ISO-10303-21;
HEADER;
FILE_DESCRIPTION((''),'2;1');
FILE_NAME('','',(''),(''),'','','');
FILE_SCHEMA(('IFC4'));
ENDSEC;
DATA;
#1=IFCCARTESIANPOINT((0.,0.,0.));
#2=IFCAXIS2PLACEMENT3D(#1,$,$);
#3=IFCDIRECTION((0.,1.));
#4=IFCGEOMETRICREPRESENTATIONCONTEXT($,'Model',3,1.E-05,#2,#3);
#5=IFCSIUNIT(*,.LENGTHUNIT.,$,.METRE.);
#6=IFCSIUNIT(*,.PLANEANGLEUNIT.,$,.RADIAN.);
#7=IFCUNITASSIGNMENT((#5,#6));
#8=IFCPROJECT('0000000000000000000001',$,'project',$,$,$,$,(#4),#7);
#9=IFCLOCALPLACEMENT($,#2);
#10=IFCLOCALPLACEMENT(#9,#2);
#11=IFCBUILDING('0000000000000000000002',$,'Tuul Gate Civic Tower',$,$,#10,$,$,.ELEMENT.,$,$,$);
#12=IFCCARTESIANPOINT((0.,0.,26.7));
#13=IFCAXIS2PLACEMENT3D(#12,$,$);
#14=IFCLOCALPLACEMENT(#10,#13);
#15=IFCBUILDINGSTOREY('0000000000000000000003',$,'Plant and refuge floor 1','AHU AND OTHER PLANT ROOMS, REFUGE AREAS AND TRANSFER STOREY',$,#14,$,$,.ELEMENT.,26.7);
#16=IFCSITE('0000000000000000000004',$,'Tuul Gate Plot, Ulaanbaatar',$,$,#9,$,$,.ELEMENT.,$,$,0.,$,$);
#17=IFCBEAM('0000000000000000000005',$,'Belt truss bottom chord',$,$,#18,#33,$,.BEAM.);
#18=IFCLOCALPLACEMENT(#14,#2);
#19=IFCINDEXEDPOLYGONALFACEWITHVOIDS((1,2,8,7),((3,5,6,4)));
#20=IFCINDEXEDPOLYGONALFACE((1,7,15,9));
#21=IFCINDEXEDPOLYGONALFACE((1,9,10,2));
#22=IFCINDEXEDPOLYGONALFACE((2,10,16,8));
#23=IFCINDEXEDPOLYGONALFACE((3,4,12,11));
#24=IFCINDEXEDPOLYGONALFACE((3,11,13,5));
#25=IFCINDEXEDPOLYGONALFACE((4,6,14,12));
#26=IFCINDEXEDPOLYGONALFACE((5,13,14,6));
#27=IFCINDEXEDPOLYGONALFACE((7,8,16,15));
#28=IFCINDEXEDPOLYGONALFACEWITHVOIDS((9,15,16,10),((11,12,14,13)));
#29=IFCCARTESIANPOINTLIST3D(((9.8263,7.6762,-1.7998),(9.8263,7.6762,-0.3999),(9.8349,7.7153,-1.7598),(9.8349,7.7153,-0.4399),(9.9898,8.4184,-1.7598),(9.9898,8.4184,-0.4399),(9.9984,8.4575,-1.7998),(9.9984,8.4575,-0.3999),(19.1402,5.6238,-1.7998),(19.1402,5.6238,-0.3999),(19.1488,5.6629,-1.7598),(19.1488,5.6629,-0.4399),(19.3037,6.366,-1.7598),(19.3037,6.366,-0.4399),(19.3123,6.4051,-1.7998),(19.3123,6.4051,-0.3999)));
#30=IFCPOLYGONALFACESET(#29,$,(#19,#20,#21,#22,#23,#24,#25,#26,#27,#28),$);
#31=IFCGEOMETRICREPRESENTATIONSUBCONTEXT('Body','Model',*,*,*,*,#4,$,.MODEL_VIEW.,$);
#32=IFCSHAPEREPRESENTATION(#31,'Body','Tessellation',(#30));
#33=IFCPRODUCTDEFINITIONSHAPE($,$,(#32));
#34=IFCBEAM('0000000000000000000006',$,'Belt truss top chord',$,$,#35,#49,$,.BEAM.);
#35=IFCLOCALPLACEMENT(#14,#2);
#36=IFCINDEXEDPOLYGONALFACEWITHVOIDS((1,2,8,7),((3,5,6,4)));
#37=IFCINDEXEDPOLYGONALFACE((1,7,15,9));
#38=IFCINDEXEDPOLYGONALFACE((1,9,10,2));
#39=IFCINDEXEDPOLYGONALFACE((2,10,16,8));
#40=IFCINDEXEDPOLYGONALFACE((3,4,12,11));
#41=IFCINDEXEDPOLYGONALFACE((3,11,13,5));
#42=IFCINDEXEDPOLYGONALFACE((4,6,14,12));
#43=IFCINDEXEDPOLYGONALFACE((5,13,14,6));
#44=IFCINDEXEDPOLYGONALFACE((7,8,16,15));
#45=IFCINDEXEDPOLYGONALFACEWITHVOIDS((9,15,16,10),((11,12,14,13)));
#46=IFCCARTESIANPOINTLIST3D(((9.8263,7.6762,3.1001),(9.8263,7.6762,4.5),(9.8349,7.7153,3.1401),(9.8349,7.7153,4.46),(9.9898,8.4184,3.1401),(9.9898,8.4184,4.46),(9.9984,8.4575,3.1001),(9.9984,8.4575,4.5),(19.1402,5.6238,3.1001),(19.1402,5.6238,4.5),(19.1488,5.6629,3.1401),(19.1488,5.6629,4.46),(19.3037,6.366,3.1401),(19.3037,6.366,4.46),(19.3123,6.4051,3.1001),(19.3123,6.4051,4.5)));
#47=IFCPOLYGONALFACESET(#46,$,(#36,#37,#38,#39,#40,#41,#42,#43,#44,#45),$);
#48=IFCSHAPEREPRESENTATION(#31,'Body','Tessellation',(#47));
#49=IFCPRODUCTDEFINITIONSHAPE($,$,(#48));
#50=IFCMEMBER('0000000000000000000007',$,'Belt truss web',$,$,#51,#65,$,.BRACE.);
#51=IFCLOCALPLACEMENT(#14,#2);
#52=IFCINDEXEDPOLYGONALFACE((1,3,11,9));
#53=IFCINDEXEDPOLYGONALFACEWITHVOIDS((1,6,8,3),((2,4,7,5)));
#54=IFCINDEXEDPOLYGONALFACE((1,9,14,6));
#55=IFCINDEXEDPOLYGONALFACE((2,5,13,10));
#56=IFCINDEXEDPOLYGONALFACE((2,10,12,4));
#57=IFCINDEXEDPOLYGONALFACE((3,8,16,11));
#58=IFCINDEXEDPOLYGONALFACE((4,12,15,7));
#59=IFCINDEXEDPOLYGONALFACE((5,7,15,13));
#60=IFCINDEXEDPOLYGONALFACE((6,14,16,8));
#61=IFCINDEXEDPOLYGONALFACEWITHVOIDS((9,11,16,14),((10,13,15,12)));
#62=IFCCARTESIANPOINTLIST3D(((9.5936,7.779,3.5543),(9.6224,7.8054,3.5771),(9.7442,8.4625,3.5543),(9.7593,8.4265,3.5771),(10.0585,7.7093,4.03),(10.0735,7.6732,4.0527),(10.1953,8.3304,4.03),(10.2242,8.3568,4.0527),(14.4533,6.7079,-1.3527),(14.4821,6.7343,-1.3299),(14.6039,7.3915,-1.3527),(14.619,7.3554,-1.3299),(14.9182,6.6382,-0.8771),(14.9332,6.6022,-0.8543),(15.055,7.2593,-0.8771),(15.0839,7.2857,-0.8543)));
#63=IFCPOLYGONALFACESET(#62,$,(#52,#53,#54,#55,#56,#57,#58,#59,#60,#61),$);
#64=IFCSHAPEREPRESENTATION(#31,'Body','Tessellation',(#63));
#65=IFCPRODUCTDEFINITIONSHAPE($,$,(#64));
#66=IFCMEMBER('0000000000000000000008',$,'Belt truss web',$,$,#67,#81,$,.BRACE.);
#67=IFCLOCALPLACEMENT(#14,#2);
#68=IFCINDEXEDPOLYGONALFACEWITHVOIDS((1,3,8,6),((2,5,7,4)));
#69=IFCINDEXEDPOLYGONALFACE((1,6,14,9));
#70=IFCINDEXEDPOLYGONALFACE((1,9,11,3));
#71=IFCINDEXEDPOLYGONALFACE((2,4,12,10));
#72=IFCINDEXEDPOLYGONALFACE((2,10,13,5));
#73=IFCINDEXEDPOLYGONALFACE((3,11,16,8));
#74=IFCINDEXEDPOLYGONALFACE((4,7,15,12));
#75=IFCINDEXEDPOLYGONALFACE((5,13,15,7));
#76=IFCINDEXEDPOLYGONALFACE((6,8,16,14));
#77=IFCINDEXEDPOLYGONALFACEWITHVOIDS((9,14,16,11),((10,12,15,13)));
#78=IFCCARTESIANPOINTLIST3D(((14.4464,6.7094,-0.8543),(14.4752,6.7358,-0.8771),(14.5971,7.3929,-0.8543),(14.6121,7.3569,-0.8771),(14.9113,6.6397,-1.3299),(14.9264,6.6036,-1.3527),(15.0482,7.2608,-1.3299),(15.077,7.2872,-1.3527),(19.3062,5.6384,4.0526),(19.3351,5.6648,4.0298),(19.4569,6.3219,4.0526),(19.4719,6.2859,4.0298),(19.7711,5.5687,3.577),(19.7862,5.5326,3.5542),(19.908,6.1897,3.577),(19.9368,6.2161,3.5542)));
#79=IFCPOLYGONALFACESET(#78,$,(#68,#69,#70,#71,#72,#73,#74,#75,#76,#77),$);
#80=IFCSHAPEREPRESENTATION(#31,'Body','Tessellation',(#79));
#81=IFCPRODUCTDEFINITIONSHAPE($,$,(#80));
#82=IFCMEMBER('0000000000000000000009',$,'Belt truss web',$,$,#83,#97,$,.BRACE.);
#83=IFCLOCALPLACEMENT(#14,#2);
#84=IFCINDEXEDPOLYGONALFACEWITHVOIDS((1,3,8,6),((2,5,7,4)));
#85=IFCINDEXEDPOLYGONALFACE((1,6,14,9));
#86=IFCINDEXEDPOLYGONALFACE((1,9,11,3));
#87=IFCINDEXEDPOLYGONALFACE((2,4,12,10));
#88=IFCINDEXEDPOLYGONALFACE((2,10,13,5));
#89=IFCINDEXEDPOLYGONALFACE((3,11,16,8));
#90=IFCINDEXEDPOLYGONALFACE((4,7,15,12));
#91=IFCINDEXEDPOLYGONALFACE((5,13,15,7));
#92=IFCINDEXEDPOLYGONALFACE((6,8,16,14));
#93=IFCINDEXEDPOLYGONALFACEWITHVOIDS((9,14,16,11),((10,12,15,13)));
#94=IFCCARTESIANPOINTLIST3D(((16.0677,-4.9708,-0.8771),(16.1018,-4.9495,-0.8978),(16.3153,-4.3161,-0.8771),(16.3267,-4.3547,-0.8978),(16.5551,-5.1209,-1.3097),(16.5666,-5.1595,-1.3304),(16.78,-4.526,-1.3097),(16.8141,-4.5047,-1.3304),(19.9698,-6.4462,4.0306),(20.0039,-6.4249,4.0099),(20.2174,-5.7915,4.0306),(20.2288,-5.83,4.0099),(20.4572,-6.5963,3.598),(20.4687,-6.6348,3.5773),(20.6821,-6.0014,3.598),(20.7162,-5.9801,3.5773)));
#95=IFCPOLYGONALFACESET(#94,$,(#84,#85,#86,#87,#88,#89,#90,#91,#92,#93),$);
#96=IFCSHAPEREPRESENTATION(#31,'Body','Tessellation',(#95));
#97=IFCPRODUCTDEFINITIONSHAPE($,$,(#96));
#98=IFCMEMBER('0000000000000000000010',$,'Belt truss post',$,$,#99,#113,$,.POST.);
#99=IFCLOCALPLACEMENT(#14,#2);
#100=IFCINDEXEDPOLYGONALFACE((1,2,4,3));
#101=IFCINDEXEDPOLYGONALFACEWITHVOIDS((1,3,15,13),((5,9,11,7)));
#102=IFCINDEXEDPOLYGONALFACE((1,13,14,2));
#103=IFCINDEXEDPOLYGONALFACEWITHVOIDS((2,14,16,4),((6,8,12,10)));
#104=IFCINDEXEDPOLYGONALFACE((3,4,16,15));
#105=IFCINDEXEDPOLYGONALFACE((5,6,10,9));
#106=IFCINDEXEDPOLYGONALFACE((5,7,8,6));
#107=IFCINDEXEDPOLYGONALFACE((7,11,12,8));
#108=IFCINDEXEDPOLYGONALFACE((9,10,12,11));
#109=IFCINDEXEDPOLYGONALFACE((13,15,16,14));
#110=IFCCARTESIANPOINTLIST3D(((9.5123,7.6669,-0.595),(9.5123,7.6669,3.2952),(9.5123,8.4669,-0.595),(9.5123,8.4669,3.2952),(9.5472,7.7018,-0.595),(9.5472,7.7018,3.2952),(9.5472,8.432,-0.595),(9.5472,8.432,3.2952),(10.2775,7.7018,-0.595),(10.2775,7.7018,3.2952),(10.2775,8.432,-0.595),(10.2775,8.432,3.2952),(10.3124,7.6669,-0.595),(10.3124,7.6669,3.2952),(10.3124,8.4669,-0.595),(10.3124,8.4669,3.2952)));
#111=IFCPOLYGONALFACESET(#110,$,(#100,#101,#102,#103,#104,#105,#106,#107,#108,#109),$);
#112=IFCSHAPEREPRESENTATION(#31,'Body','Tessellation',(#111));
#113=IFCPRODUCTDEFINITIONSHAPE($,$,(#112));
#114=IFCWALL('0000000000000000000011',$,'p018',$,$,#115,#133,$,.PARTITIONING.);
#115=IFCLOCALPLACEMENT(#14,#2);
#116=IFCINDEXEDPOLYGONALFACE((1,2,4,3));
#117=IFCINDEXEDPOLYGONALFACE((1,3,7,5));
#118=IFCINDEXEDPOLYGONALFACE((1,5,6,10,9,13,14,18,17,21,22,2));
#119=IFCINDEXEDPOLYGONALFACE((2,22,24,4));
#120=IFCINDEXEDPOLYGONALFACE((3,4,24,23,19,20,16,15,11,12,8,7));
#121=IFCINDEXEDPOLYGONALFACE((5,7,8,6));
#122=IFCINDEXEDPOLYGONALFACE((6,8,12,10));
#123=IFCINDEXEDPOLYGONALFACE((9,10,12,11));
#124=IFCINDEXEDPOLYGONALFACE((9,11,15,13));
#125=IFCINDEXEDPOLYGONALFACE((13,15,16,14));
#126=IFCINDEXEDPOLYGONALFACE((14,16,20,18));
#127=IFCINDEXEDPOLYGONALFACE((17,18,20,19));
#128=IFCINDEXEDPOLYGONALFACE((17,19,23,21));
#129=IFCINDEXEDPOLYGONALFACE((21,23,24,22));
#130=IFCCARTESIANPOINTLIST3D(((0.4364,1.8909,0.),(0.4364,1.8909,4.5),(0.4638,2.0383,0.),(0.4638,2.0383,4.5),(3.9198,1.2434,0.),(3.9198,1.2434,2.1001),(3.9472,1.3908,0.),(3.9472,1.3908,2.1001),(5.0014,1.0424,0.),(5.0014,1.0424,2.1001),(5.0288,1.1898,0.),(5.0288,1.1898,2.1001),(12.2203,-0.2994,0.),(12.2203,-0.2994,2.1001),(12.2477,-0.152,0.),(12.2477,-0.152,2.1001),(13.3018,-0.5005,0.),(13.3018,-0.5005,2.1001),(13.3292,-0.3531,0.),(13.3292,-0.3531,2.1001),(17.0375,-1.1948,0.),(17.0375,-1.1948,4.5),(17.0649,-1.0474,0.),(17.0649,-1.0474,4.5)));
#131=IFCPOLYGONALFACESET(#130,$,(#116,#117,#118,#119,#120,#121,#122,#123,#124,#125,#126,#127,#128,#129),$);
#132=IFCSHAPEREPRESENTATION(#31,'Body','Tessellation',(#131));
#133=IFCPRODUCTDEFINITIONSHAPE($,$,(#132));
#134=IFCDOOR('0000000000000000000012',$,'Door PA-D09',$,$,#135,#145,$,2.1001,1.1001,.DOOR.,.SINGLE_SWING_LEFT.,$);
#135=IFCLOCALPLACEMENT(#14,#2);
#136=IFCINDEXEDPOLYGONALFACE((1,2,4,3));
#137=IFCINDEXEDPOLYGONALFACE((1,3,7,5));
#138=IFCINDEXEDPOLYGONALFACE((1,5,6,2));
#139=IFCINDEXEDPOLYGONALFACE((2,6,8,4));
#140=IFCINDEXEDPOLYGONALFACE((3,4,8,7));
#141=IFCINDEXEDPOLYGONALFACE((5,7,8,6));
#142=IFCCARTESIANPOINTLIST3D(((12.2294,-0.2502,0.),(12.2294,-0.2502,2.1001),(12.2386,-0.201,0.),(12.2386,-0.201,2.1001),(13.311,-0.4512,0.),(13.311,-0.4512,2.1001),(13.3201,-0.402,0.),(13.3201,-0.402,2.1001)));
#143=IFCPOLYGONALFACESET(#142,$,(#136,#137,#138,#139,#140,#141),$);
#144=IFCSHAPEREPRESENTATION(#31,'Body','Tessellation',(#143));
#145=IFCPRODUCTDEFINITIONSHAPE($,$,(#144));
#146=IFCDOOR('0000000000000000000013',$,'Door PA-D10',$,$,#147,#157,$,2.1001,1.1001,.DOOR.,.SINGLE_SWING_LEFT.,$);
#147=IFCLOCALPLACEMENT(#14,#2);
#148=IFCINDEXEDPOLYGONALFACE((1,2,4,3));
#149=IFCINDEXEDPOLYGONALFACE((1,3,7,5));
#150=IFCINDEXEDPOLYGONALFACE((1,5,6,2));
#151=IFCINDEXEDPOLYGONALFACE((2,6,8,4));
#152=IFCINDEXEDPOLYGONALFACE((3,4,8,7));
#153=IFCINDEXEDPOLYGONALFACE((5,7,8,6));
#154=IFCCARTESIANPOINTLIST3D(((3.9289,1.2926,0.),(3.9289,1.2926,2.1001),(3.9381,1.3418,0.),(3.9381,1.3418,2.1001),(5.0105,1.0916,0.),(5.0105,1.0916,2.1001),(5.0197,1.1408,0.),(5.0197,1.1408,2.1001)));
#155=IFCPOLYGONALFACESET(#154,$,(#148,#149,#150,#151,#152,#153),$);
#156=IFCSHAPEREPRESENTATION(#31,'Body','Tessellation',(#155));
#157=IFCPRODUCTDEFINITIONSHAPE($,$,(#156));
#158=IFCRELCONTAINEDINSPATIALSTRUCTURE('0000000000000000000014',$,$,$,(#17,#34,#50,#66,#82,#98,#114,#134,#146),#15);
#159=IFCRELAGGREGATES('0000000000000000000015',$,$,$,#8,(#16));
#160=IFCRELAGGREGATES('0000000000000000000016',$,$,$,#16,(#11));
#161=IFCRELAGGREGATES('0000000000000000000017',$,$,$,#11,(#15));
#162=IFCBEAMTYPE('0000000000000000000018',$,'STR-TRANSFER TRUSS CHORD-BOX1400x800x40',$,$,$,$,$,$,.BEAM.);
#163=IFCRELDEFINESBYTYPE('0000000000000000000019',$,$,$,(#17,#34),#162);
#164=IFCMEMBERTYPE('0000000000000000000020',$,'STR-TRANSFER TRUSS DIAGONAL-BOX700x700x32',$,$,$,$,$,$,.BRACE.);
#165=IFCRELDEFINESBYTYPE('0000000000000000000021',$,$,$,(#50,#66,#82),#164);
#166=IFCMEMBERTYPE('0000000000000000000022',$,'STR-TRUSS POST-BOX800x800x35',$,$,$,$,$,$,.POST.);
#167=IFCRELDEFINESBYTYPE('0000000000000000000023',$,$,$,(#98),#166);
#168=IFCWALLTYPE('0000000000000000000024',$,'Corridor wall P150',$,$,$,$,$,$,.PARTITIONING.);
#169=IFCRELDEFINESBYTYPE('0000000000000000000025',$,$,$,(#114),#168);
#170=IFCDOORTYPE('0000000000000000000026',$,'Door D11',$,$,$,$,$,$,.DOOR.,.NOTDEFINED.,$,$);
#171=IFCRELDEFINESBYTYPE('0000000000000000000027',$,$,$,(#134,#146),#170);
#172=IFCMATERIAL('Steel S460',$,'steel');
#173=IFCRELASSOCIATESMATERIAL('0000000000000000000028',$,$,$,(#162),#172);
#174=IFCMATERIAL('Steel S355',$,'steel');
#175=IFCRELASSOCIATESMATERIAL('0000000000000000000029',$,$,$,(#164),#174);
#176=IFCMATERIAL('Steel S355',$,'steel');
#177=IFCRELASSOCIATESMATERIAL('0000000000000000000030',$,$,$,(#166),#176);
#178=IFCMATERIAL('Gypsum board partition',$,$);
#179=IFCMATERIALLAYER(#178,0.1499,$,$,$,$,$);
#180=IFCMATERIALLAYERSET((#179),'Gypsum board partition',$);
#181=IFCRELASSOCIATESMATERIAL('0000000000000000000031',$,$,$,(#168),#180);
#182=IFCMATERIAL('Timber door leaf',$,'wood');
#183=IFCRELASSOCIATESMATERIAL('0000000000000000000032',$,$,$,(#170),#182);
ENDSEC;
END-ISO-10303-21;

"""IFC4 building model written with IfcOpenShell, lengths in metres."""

from ifc_helpers import new_model, si_unit, direction, frame, frame_2d, origin, origin_2d, place, context, subcontext, project, spatial, rectangle, hollow_rectangle, extrude, material, layer, layer_set, material_profile, profile_set, type_object, element, fill, save


model = new_model("IFC4")

# Units and contexts
model_context = context("Model", 3, precision=1e-05, world=origin(), true_north=direction((0.0, 1.0)))
body_context = subcontext(model_context, "Body", "Model", "MODEL_VIEW")
ifc_project = project(units=[si_unit("LENGTHUNIT", "METRE"), si_unit("PLANEANGLEUNIT", "RADIAN")], contexts=[model_context])

# Site, building, storey
site_placement = place(None, origin())
site = spatial("IfcSite", under=ifc_project, at=site_placement, Name="Tuul Gate Plot, Ulaanbaatar", CompositionType="ELEMENT", RefElevation=0.0)
building_placement = place(site_placement, origin())
building = spatial("IfcBuilding", under=site, at=building_placement, Name="Tuul Gate Civic Tower", CompositionType="ELEMENT")
storey_placement = place(building_placement, frame((0.0, 0.0, 26.7)))
storey = spatial("IfcBuildingStorey", under=building, at=storey_placement, Name="Plant and refuge floor 1", Description="AHU AND OTHER PLANT ROOMS, REFUGE AREAS AND TRANSFER STOREY", CompositionType="ELEMENT", Elevation=26.7)

# Beams
ifc_material_1 = material(Name="Steel S460", Category="steel")
ifc_material_profile_1 = material_profile(ifc_material_1, hollow_rectangle(XDim=0.8, YDim=1.3999, WallThickness=0.04, at=origin_2d()), Name="BOX1400x800x40")
ifc_profile_set_1 = profile_set([ifc_material_profile_1], Name="Steel S460")
beam_type = type_object("IfcBeamType", Name="STR-TRANSFER TRUSS CHORD-BOX1400x800x40", PredefinedType="BEAM", material=ifc_profile_set_1)
for number, where, z_axis, x_axis, name in (
    (1, (9.9124, 8.0669, -1.0999), (0.976569, -0.215204, 0.0), (0.215204, 0.976569, 0.0), "Belt truss bottom chord"),
    (2, (9.9124, 8.0669, 3.8), (0.976569, -0.215204, 0.0), (0.215204, 0.976569, 0.0), "Belt truss top chord"),
):
    element("IfcBeam", number, at=place(storey_placement, frame(where, z_axis=z_axis, x_axis=x_axis)), inside=storey, type_object=beam_type, Name=name, PredefinedType="BEAM", context=body_context, shape_type="SweptSolid", body=[
        extrude(hollow_rectangle(XDim=0.8, YDim=1.3999, WallThickness=0.04, at=origin_2d()), origin(), (0.0, 0.0, 1.0), 9.5374),
    ])

# Members
ifc_material_2 = material(Name="Steel S355", Category="steel")
ifc_material_profile_2 = material_profile(ifc_material_2, hollow_rectangle(XDim=0.7, YDim=0.7, WallThickness=0.032, at=origin_2d()), Name="BOX700x700x32")
ifc_profile_set_2 = profile_set([ifc_material_profile_2], Name="Steel S355")
member_type_1 = type_object("IfcMemberType", Name="STR-TRANSFER TRUSS DIAGONAL-BOX700x700x32", PredefinedType="BRACE", material=ifc_profile_set_2)
for number, where, z_axis, x_axis, name in (
    (3, (14.7686, 6.9968, -1.1035), (-0.695357, 0.153254, 0.702134), (-0.215231, -0.976563, 0.0), "Belt truss web"),
    (4, (14.7617, 6.9983, -1.1035), (0.695375, -0.153251, 0.702117), (0.215221, 0.976565, 0.0), "Belt truss web"),
):
    element("IfcMember", number, at=place(storey_placement, frame(where, z_axis=z_axis, x_axis=x_axis)), inside=storey, type_object=member_type_1, Name=name, PredefinedType="BRACE", context=body_context, shape_type="SweptSolid", body=[
        extrude(hollow_rectangle(XDim=0.7, YDim=0.7, WallThickness=0.032, at=origin_2d()), origin(), (0.0, 0.0, 1.0), 6.9888),
    ])
member_1_placement = place(storey_placement, frame((16.4409, -4.7378, -1.1038), z_axis=(0.605806, -0.229049, 0.761929), x_axis=(0.353655, 0.935376, 0.0)))
element("IfcMember", 5, at=member_1_placement, inside=storey, type_object=member_type_1, Name="Belt truss web", PredefinedType="BRACE", context=body_context, shape_type="SweptSolid", body=[
    extrude(hollow_rectangle(XDim=0.7, YDim=0.7, WallThickness=0.032, at=origin_2d()), origin(), (0.0, 0.0, 1.0), 6.4412),
])
ifc_material_3 = material(Name="Steel S355", Category="steel")
ifc_material_profile_3 = material_profile(ifc_material_3, hollow_rectangle(XDim=0.8, YDim=0.8, WallThickness=0.0349, at=origin_2d()), Name="BOX800x800x35")
ifc_profile_set_3 = profile_set([ifc_material_profile_3], Name="Steel S355")
member_type_2 = type_object("IfcMemberType", Name="STR-TRUSS POST-BOX800x800x35", PredefinedType="POST", material=ifc_profile_set_3)
member_2_placement = place(storey_placement, frame((9.9124, 8.0669, -0.595), z_axis=(0.0, 0.0, 1.0), x_axis=(1.0, 0.0, 0.0)))
element("IfcMember", 6, at=member_2_placement, inside=storey, type_object=member_type_2, Name="Belt truss post", PredefinedType="POST", context=body_context, shape_type="SweptSolid", body=[
    extrude(hollow_rectangle(XDim=0.8, YDim=0.8, WallThickness=0.0349, at=origin_2d()), origin(), (0.0, 0.0, 1.0), 3.8901),
])

# Wall, openings, doors
ifc_material_4 = material(Name="Gypsum board partition")
ifc_layer_1 = layer(ifc_material_4, 0.1499)
ifc_layer_set_1 = layer_set([ifc_layer_1], Name="Gypsum board partition")
wall_type_1 = type_object("IfcWallType", Name="Corridor wall P150", PredefinedType="PARTITIONING", material=ifc_layer_set_1)
wall_1_placement = place(storey_placement, frame((0.45, 1.9646, 0.0), z_axis=(0.0, 0.0, 1.0), x_axis=(0.983161, -0.182743, 0.0)))
wall_1 = element("IfcWall", 7, at=wall_1_placement, inside=storey, type_object=wall_type_1, Name="p018", PredefinedType="PARTITIONING", context=body_context, shape_type="SweptSolid", body=[
    extrude(rectangle(XDim=16.8855, YDim=0.1499, at=frame_2d((8.4429, 0.0))), origin(), (0.0, 0.0, 1.0), 4.5),
])
opening_1_placement = place(wall_1_placement, frame((11.9858, 0.0, 0.0)))
opening_1 = element("IfcOpeningElement", 8, at=opening_1_placement, cuts=wall_1, PredefinedType="OPENING", context=body_context, shape_type="SweptSolid", body=[
    extrude(rectangle(XDim=1.1001, YDim=2.1001, at=frame_2d((0.55, 1.05))), frame((0.0, 0.085, 0.0), z_axis=(0.0, -1.0, 0.0), x_axis=(1.0, 0.0, 0.0)), (0.0, 0.0, 1.0), 0.1699),
])
opening_2_placement = place(wall_1_placement, frame((3.5432, 0.0, 0.0)))
opening_2 = element("IfcOpeningElement", 9, at=opening_2_placement, cuts=wall_1, PredefinedType="OPENING", context=body_context, shape_type="SweptSolid", body=[
    extrude(rectangle(XDim=1.1001, YDim=2.1001, at=frame_2d((0.55, 1.05))), frame((0.0, 0.085, 0.0), z_axis=(0.0, -1.0, 0.0), x_axis=(1.0, 0.0, 0.0)), (0.0, 0.0, 1.0), 0.1699),
])
ifc_material_5 = material(Name="Timber door leaf", Category="wood")
door_type_1 = type_object("IfcDoorType", Name="Door D11", OperationType="NOTDEFINED", PredefinedType="DOOR", material=ifc_material_5)
door_1_placement = place(opening_1_placement, frame((1.1001, 0.0, 0.0), z_axis=(0.0, 0.0, 1.0), x_axis=(-1.0, 0.0, 0.0)))
door_1 = element("IfcDoor", 10, at=door_1_placement, inside=storey, type_object=door_type_1, Name="Door PA-D09", OperationType="SINGLE_SWING_LEFT", OverallHeight=2.1001, OverallWidth=1.1001, PredefinedType="DOOR", context=body_context, shape_type="SweptSolid", body=[
    extrude(rectangle(XDim=1.1001, YDim=2.1001, at=frame_2d((0.55, 1.05))), frame((0.0, 0.0249, 0.0), z_axis=(0.0, -1.0, 0.0), x_axis=(1.0, 0.0, 0.0)), (0.0, 0.0, 1.0), 0.05),
])
fill(opening_1, door_1)
door_2_placement = place(opening_2_placement, frame((1.1001, 0.0, 0.0), z_axis=(0.0, 0.0, 1.0), x_axis=(-1.0, 0.0, 0.0)))
door_2 = element("IfcDoor", 11, at=door_2_placement, inside=storey, type_object=door_type_1, Name="Door PA-D10", OperationType="SINGLE_SWING_LEFT", OverallHeight=2.1001, OverallWidth=1.1001, PredefinedType="DOOR", context=body_context, shape_type="SweptSolid", body=[
    extrude(rectangle(XDim=1.1001, YDim=2.1001, at=frame_2d((0.55, 1.05))), frame((0.0, 0.0249, 0.0), z_axis=(0.0, -1.0, 0.0), x_axis=(1.0, 0.0, 0.0)), (0.0, 0.0, 1.0), 0.05),
])
fill(opening_2, door_2)

save(model, "model.ifc")
